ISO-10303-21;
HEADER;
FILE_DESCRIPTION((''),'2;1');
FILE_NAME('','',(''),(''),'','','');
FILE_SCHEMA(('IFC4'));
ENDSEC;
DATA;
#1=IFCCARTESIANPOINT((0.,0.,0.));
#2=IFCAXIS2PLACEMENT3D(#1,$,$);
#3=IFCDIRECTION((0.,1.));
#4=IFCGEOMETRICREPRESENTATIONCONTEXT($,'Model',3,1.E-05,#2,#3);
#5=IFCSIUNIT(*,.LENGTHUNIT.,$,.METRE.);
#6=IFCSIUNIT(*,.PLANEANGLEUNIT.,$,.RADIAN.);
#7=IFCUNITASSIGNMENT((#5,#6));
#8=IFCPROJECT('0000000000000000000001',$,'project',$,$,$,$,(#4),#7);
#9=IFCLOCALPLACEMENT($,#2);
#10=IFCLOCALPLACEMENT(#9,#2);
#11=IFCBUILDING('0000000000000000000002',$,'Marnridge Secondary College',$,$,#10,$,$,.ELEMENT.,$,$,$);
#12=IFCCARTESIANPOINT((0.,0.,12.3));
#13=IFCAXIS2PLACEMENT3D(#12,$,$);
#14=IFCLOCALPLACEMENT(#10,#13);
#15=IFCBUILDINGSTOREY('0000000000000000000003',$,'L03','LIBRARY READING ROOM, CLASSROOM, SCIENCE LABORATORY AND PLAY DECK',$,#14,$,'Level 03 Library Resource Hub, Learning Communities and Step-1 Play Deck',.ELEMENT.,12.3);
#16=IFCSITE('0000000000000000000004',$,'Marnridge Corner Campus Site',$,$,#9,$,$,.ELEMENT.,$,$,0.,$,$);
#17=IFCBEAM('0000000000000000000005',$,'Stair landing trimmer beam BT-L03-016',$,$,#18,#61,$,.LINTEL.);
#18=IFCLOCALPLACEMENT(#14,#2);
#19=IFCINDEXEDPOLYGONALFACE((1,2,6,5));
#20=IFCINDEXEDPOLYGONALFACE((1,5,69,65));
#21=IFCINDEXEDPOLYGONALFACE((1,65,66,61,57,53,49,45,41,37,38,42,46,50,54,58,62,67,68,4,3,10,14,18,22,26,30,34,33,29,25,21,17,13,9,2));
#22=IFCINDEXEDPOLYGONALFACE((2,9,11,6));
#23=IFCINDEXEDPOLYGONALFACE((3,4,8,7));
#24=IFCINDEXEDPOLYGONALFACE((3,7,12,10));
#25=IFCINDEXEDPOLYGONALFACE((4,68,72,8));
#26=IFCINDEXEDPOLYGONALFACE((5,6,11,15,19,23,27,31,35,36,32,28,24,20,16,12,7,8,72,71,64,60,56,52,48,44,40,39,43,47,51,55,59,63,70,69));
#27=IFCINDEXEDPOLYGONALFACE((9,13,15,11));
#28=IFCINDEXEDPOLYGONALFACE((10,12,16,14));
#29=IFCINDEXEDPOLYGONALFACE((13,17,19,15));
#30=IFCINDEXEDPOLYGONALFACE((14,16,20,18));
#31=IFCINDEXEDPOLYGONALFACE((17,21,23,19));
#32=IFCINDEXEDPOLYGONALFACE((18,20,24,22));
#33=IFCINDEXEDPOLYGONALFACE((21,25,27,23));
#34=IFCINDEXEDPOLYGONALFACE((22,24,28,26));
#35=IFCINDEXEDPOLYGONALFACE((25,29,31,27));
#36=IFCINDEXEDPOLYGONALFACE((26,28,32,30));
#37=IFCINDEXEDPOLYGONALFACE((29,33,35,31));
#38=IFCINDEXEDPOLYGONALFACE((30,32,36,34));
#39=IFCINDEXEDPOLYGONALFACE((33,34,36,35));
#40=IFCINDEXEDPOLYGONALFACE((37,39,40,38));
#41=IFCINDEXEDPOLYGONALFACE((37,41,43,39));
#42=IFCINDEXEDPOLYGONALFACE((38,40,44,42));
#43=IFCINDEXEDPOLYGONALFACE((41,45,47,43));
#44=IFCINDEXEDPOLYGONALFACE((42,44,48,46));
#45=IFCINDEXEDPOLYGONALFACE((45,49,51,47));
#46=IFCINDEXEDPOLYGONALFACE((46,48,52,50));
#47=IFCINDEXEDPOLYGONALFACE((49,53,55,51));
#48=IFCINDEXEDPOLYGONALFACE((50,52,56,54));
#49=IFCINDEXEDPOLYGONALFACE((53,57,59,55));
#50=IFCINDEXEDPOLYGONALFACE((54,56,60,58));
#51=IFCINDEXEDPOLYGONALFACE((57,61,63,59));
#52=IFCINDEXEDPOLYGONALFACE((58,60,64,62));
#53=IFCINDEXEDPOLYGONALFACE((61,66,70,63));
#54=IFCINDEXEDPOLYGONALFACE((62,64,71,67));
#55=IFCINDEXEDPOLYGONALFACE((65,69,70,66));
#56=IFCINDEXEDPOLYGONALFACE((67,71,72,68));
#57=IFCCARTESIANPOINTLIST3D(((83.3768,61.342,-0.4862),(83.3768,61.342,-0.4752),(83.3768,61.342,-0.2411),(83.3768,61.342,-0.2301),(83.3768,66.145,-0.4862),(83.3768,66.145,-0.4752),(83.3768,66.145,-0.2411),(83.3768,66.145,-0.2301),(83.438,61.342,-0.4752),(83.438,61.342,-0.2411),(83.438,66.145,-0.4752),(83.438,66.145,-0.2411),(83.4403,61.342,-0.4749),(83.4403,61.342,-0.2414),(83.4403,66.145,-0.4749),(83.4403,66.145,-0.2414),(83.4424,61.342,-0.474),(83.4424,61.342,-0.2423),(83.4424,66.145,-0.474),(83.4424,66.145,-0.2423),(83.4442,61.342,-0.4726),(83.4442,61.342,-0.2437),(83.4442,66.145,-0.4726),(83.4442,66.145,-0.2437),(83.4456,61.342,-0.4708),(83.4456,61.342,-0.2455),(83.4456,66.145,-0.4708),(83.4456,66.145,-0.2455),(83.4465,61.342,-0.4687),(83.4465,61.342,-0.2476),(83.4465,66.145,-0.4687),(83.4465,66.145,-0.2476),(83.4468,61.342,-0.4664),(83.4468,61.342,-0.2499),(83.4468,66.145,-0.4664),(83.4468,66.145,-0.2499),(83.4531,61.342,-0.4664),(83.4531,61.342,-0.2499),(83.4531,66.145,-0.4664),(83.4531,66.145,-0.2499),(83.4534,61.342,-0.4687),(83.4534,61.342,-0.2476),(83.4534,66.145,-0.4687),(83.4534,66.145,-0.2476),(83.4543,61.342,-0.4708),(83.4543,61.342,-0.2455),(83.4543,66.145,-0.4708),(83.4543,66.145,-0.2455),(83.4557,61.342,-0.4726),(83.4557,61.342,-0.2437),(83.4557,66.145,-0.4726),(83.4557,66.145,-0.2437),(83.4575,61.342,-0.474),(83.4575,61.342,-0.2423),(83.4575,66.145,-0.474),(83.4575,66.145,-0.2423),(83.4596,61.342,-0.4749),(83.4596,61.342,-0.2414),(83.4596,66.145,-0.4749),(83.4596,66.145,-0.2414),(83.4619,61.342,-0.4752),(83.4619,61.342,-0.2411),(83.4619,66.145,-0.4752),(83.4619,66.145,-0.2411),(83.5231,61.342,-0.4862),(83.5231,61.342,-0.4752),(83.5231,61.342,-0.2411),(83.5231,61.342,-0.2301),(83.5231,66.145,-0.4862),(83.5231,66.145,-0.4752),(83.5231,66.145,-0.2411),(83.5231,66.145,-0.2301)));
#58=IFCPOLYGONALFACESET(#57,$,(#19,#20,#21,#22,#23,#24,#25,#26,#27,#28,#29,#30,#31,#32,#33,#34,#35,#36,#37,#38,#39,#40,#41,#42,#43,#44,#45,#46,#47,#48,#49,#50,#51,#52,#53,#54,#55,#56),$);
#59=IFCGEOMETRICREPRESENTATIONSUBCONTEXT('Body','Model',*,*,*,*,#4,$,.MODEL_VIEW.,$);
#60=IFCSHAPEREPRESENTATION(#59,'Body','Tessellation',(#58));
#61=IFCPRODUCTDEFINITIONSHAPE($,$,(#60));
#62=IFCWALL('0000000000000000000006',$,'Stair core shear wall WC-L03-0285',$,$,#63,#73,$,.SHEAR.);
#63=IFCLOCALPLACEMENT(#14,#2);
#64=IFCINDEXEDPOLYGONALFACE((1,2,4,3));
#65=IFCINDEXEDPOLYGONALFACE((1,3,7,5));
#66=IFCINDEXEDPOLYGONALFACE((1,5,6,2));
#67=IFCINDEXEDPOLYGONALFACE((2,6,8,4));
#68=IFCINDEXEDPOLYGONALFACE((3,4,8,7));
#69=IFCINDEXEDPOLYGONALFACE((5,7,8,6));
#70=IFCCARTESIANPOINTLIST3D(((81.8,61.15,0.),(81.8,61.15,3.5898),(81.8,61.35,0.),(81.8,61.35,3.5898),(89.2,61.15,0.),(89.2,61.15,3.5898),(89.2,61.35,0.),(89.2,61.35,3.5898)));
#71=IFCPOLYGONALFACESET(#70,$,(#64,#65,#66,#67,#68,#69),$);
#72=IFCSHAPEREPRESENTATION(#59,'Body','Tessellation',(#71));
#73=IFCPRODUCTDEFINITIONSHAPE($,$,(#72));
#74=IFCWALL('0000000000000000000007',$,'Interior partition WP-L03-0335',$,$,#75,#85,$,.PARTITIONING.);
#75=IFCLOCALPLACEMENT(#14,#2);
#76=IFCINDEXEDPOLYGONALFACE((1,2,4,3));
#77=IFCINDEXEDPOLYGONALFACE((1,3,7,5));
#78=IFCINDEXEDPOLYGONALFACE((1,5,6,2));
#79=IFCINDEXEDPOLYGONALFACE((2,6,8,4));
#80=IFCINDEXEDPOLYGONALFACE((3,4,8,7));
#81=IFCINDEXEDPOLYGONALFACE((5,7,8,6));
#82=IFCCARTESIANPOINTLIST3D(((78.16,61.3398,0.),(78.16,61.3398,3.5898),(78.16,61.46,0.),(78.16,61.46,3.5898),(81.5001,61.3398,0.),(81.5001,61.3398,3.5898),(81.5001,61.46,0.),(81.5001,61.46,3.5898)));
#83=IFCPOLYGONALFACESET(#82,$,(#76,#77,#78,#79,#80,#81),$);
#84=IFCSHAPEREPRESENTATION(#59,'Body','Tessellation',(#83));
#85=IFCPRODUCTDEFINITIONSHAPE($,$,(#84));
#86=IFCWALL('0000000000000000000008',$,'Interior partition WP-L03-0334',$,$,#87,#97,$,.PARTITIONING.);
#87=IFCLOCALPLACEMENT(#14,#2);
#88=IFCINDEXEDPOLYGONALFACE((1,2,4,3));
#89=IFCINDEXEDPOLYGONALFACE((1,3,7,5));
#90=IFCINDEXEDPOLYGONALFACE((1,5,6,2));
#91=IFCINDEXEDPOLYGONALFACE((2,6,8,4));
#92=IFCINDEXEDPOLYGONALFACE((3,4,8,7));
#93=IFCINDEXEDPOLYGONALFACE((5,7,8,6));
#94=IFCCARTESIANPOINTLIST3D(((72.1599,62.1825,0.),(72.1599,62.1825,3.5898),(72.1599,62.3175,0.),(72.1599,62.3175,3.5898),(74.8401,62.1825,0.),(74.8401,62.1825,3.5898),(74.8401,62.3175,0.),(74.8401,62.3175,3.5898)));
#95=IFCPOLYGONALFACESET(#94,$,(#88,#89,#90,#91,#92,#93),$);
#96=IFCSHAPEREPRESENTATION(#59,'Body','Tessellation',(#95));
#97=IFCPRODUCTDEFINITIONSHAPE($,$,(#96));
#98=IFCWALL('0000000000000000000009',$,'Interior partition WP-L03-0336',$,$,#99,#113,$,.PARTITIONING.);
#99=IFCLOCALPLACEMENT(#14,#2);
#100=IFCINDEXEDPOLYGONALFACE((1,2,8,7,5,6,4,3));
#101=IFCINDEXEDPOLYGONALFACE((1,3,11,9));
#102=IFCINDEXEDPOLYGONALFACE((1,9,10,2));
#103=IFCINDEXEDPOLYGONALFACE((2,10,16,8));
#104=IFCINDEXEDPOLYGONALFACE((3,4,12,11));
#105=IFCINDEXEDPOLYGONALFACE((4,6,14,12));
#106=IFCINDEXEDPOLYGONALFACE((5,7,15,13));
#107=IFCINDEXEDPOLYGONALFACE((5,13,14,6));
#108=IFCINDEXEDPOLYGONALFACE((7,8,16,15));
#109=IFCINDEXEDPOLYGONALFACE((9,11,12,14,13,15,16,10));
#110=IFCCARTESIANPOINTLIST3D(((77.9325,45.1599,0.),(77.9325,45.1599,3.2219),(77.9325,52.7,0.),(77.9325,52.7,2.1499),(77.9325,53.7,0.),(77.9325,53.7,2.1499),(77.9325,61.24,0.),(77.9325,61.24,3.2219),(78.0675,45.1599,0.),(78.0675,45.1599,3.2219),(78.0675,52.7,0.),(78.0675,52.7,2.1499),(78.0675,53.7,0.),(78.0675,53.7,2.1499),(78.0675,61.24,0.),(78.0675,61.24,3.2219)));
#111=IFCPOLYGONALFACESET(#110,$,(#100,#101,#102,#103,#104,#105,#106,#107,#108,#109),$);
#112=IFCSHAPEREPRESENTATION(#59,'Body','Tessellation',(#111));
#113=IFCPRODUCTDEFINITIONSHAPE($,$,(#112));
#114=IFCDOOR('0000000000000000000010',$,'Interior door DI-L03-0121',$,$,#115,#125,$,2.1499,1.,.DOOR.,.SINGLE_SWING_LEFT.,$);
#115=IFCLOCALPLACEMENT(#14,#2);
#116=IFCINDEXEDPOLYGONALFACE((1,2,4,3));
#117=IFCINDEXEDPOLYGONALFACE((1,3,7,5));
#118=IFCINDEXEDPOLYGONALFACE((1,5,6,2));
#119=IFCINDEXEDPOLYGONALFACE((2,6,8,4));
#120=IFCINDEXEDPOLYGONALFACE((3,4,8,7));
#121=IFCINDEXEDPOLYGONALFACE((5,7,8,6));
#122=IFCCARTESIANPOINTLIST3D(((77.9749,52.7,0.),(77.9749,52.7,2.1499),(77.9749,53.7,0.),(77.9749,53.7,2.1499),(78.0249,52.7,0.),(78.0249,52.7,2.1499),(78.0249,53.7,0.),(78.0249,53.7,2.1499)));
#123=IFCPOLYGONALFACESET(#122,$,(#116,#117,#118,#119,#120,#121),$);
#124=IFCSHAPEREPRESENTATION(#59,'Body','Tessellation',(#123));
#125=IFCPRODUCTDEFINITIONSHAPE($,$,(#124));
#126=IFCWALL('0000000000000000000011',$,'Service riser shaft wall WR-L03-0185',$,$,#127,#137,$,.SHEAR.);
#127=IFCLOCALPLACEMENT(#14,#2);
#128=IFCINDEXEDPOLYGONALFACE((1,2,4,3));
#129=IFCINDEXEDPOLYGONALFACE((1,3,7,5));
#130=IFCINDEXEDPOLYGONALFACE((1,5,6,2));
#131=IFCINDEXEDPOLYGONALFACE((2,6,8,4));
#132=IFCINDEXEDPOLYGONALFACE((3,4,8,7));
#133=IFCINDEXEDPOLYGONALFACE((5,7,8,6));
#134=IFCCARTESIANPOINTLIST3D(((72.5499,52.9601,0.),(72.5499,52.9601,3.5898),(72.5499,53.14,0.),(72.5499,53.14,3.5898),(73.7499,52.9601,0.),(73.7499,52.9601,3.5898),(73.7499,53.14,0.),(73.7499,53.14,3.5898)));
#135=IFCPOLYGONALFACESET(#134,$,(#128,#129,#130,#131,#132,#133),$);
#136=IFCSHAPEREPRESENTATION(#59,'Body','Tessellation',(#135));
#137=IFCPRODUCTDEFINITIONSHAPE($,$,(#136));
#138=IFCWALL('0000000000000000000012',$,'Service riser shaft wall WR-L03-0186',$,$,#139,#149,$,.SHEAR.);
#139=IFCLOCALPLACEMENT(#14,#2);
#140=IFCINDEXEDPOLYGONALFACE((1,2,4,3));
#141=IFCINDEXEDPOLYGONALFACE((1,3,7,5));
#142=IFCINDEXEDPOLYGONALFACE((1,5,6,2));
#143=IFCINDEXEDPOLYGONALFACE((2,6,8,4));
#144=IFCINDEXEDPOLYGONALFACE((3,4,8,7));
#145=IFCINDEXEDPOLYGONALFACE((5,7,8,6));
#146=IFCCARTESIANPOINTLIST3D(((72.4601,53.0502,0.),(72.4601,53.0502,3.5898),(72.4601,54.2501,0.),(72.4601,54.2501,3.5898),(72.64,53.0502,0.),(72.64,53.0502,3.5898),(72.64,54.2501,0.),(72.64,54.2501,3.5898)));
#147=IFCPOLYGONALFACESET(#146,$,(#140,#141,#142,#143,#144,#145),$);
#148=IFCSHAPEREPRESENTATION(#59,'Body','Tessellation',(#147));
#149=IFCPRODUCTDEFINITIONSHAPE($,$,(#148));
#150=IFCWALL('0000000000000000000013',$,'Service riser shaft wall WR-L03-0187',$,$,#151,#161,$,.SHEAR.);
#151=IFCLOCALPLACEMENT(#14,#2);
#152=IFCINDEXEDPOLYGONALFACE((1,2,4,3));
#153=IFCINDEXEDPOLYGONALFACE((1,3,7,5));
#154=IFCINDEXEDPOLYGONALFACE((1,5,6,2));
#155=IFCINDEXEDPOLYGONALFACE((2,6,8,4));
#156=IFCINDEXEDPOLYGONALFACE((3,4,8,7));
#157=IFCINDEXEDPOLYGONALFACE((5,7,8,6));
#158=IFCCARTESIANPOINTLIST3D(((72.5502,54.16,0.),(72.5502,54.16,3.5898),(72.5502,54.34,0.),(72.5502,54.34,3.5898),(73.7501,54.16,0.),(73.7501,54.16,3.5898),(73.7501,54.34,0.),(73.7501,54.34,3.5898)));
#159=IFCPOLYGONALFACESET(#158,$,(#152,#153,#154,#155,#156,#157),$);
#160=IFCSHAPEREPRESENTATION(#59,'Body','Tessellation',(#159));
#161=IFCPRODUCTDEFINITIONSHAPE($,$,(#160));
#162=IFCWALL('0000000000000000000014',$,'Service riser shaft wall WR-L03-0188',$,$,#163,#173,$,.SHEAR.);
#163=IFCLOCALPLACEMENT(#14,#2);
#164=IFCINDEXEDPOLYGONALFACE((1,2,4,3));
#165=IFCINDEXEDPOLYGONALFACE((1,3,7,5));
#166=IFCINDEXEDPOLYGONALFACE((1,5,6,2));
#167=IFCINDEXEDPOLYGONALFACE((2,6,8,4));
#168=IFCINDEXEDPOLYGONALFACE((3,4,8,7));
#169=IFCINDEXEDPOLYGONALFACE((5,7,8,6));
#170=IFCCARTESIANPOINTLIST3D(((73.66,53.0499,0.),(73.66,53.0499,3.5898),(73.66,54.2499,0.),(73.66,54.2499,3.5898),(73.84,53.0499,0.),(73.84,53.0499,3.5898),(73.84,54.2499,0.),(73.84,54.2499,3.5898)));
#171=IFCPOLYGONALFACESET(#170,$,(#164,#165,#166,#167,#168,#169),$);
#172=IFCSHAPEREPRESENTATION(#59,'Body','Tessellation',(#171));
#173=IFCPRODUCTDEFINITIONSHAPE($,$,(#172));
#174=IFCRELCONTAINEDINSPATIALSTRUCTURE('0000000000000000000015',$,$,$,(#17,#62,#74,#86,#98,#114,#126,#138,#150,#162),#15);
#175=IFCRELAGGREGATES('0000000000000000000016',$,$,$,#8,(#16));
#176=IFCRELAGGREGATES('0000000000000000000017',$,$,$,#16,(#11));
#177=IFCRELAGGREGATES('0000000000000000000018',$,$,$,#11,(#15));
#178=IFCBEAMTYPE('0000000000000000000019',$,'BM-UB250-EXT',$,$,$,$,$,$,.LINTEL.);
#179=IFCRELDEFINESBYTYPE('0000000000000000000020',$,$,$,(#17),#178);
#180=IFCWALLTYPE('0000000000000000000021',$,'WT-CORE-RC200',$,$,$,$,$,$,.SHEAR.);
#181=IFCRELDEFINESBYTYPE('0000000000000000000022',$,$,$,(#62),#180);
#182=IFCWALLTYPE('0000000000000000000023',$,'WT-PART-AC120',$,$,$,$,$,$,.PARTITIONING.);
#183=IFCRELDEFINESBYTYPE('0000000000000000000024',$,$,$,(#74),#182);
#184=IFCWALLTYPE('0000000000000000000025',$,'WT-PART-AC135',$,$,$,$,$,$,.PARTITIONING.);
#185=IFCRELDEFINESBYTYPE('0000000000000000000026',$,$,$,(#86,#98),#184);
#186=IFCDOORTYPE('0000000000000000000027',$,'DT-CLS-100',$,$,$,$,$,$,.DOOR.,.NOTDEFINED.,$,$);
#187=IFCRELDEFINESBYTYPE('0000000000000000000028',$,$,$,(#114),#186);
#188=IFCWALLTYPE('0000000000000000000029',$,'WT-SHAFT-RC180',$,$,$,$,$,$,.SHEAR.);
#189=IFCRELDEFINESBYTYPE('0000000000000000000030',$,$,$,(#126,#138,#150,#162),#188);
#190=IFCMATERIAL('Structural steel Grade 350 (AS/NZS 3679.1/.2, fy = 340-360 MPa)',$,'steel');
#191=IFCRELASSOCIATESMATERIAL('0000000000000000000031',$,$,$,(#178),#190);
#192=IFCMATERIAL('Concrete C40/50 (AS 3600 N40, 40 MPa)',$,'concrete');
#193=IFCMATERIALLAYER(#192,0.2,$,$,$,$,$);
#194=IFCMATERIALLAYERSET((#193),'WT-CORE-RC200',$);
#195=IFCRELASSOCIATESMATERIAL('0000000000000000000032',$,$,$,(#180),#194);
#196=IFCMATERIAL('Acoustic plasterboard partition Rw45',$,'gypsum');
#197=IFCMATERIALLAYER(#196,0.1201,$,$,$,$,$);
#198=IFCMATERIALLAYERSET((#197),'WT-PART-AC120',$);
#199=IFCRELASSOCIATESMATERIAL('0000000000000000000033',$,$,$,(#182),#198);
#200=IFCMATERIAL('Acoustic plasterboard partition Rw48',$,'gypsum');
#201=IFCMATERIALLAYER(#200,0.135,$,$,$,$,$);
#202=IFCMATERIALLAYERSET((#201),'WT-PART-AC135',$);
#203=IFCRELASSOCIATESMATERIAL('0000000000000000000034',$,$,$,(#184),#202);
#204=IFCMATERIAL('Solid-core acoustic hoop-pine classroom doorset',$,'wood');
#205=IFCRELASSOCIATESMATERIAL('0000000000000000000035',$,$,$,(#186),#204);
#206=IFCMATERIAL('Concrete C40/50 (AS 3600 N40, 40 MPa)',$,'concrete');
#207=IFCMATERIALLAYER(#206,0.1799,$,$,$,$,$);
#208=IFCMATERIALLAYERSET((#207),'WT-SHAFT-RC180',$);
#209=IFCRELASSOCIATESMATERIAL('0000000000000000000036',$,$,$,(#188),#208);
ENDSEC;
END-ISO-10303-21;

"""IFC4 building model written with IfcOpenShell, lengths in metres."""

from ifc_helpers import new_model, si_unit, direction, frame, frame_2d, origin, origin_2d, place, context, subcontext, project, spatial, rectangle, i_section, extrude, material, layer, layer_set, material_profile, profile_set, type_object, element, fill, save


model = new_model("IFC4")

# Units and contexts
model_context = context("Model", 3, precision=1e-05, world=origin(), true_north=direction((0.0, 1.0)))
body_context = subcontext(model_context, "Body", "Model", "MODEL_VIEW")
ifc_project = project(units=[si_unit("LENGTHUNIT", "METRE"), si_unit("PLANEANGLEUNIT", "RADIAN")], contexts=[model_context])

# Site, building, storey
site_placement = place(None, origin())
site = spatial("IfcSite", under=ifc_project, at=site_placement, Name="Marnridge Corner Campus Site", CompositionType="ELEMENT", RefElevation=0.0)
building_placement = place(site_placement, origin())
building = spatial("IfcBuilding", under=site, at=building_placement, Name="Marnridge Secondary College", CompositionType="ELEMENT")
storey_placement = place(building_placement, frame((0.0, 0.0, 12.3)))
storey = spatial("IfcBuildingStorey", under=building, at=storey_placement, Name="L03", Description="LIBRARY READING ROOM, CLASSROOM, SCIENCE LABORATORY AND PLAY DECK", LongName="Level 03 Library Resource Hub, Learning Communities and Step-1 Play Deck", CompositionType="ELEMENT", Elevation=12.3)

# Beam
ifc_material_1 = material(Name="Structural steel Grade 350 (AS/NZS 3679.1/.2, fy = 340-360 MPa)", Category="steel")
ifc_material_profile_1 = material_profile(ifc_material_1, i_section(OverallWidth=0.1462, OverallDepth=0.2561, WebThickness=0.0063, FlangeThickness=0.011, FilletRadius=0.0088, at=origin_2d()), Name="250UB37.3")
ifc_profile_set_1 = profile_set([ifc_material_profile_1], Name="Structural steel Grade 350 (AS/NZS 3679.1/.2, fy = 340-360 MPa)")
beam_type_1 = type_object("IfcBeamType", Name="BM-UB250-EXT", PredefinedType="LINTEL", material=ifc_profile_set_1)
beam_placement = place(storey_placement, frame((83.45, 61.342, -0.3582), z_axis=(0.0, 1.0, 0.0), x_axis=(-1.0, 0.0, 0.0)))
element("IfcBeam", 1, at=beam_placement, inside=storey, type_object=beam_type_1, Name="Stair landing trimmer beam BT-L03-016", PredefinedType="LINTEL", context=body_context, shape_type="SweptSolid", body=[
    extrude(i_section(OverallWidth=0.1462, OverallDepth=0.2561, WebThickness=0.0063, FlangeThickness=0.011, FilletRadius=0.0088, at=origin_2d()), origin(), (0.0, 0.0, 1.0), 4.803),
])

# Walls
ifc_material_2 = material(Name="Concrete C40/50 (AS 3600 N40, 40 MPa)", Category="concrete")
ifc_layer_1 = layer(ifc_material_2, 0.2)
ifc_layer_set_1 = layer_set([ifc_layer_1], Name="WT-CORE-RC200")
wall_type_1 = type_object("IfcWallType", Name="WT-CORE-RC200", PredefinedType="SHEAR", material=ifc_layer_set_1)
wall_1_placement = place(storey_placement, frame((81.8, 61.25, 0.0), z_axis=(0.0, 0.0, 1.0), x_axis=(1.0, 0.0, 0.0)))
element("IfcWall", 2, at=wall_1_placement, inside=storey, type_object=wall_type_1, Name="Stair core shear wall WC-L03-0285", PredefinedType="SHEAR", context=body_context, shape_type="SweptSolid", body=[
    extrude(rectangle(XDim=7.3999, YDim=0.2, at=frame_2d((3.7, 0.0))), origin(), (0.0, 0.0, 1.0), 3.5898),
])
ifc_material_3 = material(Name="Acoustic plasterboard partition Rw45", Category="gypsum")
ifc_layer_2 = layer(ifc_material_3, 0.1201)
ifc_layer_set_2 = layer_set([ifc_layer_2], Name="WT-PART-AC120")
wall_type_2 = type_object("IfcWallType", Name="WT-PART-AC120", PredefinedType="PARTITIONING", material=ifc_layer_set_2)
wall_2_placement = place(storey_placement, frame((81.5, 61.3999, 0.0), z_axis=(0.0, 0.0, 1.0), x_axis=(-1.0, 0.0, 0.0)))
element("IfcWall", 3, at=wall_2_placement, inside=storey, type_object=wall_type_2, Name="Interior partition WP-L03-0335", PredefinedType="PARTITIONING", context=body_context, shape_type="SweptSolid", body=[
    extrude(rectangle(XDim=3.3401, YDim=0.1201, at=frame_2d((1.6699, 0.0))), origin(), (0.0, 0.0, 1.0), 3.5898),
])
ifc_material_4 = material(Name="Acoustic plasterboard partition Rw48", Category="gypsum")
ifc_layer_3 = layer(ifc_material_4, 0.135)
ifc_layer_set_3 = layer_set([ifc_layer_3], Name="WT-PART-AC135")
wall_type_3 = type_object("IfcWallType", Name="WT-PART-AC135", PredefinedType="PARTITIONING", material=ifc_layer_set_3)
wall_3_placement = place(storey_placement, frame((74.8401, 62.25, 0.0), z_axis=(0.0, 0.0, 1.0), x_axis=(-1.0, 0.0, 0.0)))
element("IfcWall", 4, at=wall_3_placement, inside=storey, type_object=wall_type_3, Name="Interior partition WP-L03-0334", PredefinedType="PARTITIONING", context=body_context, shape_type="SweptSolid", body=[
    extrude(rectangle(XDim=2.6802, YDim=0.135, at=frame_2d((1.3401, 0.0))), origin(), (0.0, 0.0, 1.0), 3.5898),
])

# Wall, opening, door
wall_4_placement = place(storey_placement, frame((78.0, 61.24, 0.0), z_axis=(0.0, 0.0, 1.0), x_axis=(0.0, -1.0, 0.0)))
wall_4 = element("IfcWall", 5, at=wall_4_placement, inside=storey, type_object=wall_type_3, Name="Interior partition WP-L03-0336", PredefinedType="PARTITIONING", context=body_context, shape_type="SweptSolid", body=[
    extrude(rectangle(XDim=16.0801, YDim=0.135, at=frame_2d((8.04, 0.0))), origin(), (0.0, 0.0, 1.0), 3.2219),
])
opening_placement = place(wall_4_placement, frame((7.54, 0.0, 0.0)))
opening = element("IfcOpeningElement", 6, at=opening_placement, cuts=wall_4, PredefinedType="OPENING", context=body_context, shape_type="SweptSolid", body=[
    extrude(rectangle(XDim=1.0, YDim=2.1499, at=frame_2d((0.5, 1.075))), frame((0.0, 0.0774, 0.0), z_axis=(0.0, -1.0, 0.0), x_axis=(1.0, 0.0, 0.0)), (0.0, 0.0, 1.0), 0.155),
])
ifc_material_5 = material(Name="Solid-core acoustic hoop-pine classroom doorset", Category="wood")
door_type = type_object("IfcDoorType", Name="DT-CLS-100", OperationType="NOTDEFINED", PredefinedType="DOOR", material=ifc_material_5)
door_placement = place(opening_placement, origin())
door = element("IfcDoor", 7, at=door_placement, inside=storey, type_object=door_type, Name="Interior door DI-L03-0121", OperationType="SINGLE_SWING_LEFT", OverallHeight=2.1499, OverallWidth=1.0, PredefinedType="DOOR", context=body_context, shape_type="SweptSolid", body=[
    extrude(rectangle(XDim=1.0, YDim=2.1499, at=frame_2d((0.5, 1.075))), frame((0.0, 0.0249, 0.0), z_axis=(0.0, -1.0, 0.0), x_axis=(1.0, 0.0, 0.0)), (0.0, 0.0, 1.0), 0.05),
])
fill(opening, door)

# Walls
ifc_material_6 = material(Name="Concrete C40/50 (AS 3600 N40, 40 MPa)", Category="concrete")
ifc_layer_4 = layer(ifc_material_6, 0.1799)
ifc_layer_set_4 = layer_set([ifc_layer_4], Name="WT-SHAFT-RC180")
wall_type_4 = type_object("IfcWallType", Name="WT-SHAFT-RC180", PredefinedType="SHEAR", material=ifc_layer_set_4)
for number, where, z_axis, x_axis, name in (
    (8, (73.75, 53.05, 0.0), (0.0, 0.0, 1.0), (-1.0, 0.0, 0.0), "Service riser shaft wall WR-L03-0185"),
    (9, (72.55, 53.05, 0.0), (0.0, 0.0, 1.0), (0.0, 1.0, 0.0), "Service riser shaft wall WR-L03-0186"),
    (10, (72.55, 54.25, 0.0), (0.0, 0.0, 1.0), (1.0, 0.0, 0.0), "Service riser shaft wall WR-L03-0187"),
    (11, (73.75, 54.25, 0.0), (0.0, 0.0, 1.0), (0.0, -1.0, 0.0), "Service riser shaft wall WR-L03-0188"),
):
    element("IfcWall", number, at=place(storey_placement, frame(where, z_axis=z_axis, x_axis=x_axis)), inside=storey, type_object=wall_type_4, Name=name, PredefinedType="SHEAR", context=body_context, shape_type="SweptSolid", body=[
        extrude(rectangle(XDim=1.2, YDim=0.1799, at=frame_2d((0.6001, 0.0))), origin(), (0.0, 0.0, 1.0), 3.5898),
    ])

save(model, "model.ifc")
